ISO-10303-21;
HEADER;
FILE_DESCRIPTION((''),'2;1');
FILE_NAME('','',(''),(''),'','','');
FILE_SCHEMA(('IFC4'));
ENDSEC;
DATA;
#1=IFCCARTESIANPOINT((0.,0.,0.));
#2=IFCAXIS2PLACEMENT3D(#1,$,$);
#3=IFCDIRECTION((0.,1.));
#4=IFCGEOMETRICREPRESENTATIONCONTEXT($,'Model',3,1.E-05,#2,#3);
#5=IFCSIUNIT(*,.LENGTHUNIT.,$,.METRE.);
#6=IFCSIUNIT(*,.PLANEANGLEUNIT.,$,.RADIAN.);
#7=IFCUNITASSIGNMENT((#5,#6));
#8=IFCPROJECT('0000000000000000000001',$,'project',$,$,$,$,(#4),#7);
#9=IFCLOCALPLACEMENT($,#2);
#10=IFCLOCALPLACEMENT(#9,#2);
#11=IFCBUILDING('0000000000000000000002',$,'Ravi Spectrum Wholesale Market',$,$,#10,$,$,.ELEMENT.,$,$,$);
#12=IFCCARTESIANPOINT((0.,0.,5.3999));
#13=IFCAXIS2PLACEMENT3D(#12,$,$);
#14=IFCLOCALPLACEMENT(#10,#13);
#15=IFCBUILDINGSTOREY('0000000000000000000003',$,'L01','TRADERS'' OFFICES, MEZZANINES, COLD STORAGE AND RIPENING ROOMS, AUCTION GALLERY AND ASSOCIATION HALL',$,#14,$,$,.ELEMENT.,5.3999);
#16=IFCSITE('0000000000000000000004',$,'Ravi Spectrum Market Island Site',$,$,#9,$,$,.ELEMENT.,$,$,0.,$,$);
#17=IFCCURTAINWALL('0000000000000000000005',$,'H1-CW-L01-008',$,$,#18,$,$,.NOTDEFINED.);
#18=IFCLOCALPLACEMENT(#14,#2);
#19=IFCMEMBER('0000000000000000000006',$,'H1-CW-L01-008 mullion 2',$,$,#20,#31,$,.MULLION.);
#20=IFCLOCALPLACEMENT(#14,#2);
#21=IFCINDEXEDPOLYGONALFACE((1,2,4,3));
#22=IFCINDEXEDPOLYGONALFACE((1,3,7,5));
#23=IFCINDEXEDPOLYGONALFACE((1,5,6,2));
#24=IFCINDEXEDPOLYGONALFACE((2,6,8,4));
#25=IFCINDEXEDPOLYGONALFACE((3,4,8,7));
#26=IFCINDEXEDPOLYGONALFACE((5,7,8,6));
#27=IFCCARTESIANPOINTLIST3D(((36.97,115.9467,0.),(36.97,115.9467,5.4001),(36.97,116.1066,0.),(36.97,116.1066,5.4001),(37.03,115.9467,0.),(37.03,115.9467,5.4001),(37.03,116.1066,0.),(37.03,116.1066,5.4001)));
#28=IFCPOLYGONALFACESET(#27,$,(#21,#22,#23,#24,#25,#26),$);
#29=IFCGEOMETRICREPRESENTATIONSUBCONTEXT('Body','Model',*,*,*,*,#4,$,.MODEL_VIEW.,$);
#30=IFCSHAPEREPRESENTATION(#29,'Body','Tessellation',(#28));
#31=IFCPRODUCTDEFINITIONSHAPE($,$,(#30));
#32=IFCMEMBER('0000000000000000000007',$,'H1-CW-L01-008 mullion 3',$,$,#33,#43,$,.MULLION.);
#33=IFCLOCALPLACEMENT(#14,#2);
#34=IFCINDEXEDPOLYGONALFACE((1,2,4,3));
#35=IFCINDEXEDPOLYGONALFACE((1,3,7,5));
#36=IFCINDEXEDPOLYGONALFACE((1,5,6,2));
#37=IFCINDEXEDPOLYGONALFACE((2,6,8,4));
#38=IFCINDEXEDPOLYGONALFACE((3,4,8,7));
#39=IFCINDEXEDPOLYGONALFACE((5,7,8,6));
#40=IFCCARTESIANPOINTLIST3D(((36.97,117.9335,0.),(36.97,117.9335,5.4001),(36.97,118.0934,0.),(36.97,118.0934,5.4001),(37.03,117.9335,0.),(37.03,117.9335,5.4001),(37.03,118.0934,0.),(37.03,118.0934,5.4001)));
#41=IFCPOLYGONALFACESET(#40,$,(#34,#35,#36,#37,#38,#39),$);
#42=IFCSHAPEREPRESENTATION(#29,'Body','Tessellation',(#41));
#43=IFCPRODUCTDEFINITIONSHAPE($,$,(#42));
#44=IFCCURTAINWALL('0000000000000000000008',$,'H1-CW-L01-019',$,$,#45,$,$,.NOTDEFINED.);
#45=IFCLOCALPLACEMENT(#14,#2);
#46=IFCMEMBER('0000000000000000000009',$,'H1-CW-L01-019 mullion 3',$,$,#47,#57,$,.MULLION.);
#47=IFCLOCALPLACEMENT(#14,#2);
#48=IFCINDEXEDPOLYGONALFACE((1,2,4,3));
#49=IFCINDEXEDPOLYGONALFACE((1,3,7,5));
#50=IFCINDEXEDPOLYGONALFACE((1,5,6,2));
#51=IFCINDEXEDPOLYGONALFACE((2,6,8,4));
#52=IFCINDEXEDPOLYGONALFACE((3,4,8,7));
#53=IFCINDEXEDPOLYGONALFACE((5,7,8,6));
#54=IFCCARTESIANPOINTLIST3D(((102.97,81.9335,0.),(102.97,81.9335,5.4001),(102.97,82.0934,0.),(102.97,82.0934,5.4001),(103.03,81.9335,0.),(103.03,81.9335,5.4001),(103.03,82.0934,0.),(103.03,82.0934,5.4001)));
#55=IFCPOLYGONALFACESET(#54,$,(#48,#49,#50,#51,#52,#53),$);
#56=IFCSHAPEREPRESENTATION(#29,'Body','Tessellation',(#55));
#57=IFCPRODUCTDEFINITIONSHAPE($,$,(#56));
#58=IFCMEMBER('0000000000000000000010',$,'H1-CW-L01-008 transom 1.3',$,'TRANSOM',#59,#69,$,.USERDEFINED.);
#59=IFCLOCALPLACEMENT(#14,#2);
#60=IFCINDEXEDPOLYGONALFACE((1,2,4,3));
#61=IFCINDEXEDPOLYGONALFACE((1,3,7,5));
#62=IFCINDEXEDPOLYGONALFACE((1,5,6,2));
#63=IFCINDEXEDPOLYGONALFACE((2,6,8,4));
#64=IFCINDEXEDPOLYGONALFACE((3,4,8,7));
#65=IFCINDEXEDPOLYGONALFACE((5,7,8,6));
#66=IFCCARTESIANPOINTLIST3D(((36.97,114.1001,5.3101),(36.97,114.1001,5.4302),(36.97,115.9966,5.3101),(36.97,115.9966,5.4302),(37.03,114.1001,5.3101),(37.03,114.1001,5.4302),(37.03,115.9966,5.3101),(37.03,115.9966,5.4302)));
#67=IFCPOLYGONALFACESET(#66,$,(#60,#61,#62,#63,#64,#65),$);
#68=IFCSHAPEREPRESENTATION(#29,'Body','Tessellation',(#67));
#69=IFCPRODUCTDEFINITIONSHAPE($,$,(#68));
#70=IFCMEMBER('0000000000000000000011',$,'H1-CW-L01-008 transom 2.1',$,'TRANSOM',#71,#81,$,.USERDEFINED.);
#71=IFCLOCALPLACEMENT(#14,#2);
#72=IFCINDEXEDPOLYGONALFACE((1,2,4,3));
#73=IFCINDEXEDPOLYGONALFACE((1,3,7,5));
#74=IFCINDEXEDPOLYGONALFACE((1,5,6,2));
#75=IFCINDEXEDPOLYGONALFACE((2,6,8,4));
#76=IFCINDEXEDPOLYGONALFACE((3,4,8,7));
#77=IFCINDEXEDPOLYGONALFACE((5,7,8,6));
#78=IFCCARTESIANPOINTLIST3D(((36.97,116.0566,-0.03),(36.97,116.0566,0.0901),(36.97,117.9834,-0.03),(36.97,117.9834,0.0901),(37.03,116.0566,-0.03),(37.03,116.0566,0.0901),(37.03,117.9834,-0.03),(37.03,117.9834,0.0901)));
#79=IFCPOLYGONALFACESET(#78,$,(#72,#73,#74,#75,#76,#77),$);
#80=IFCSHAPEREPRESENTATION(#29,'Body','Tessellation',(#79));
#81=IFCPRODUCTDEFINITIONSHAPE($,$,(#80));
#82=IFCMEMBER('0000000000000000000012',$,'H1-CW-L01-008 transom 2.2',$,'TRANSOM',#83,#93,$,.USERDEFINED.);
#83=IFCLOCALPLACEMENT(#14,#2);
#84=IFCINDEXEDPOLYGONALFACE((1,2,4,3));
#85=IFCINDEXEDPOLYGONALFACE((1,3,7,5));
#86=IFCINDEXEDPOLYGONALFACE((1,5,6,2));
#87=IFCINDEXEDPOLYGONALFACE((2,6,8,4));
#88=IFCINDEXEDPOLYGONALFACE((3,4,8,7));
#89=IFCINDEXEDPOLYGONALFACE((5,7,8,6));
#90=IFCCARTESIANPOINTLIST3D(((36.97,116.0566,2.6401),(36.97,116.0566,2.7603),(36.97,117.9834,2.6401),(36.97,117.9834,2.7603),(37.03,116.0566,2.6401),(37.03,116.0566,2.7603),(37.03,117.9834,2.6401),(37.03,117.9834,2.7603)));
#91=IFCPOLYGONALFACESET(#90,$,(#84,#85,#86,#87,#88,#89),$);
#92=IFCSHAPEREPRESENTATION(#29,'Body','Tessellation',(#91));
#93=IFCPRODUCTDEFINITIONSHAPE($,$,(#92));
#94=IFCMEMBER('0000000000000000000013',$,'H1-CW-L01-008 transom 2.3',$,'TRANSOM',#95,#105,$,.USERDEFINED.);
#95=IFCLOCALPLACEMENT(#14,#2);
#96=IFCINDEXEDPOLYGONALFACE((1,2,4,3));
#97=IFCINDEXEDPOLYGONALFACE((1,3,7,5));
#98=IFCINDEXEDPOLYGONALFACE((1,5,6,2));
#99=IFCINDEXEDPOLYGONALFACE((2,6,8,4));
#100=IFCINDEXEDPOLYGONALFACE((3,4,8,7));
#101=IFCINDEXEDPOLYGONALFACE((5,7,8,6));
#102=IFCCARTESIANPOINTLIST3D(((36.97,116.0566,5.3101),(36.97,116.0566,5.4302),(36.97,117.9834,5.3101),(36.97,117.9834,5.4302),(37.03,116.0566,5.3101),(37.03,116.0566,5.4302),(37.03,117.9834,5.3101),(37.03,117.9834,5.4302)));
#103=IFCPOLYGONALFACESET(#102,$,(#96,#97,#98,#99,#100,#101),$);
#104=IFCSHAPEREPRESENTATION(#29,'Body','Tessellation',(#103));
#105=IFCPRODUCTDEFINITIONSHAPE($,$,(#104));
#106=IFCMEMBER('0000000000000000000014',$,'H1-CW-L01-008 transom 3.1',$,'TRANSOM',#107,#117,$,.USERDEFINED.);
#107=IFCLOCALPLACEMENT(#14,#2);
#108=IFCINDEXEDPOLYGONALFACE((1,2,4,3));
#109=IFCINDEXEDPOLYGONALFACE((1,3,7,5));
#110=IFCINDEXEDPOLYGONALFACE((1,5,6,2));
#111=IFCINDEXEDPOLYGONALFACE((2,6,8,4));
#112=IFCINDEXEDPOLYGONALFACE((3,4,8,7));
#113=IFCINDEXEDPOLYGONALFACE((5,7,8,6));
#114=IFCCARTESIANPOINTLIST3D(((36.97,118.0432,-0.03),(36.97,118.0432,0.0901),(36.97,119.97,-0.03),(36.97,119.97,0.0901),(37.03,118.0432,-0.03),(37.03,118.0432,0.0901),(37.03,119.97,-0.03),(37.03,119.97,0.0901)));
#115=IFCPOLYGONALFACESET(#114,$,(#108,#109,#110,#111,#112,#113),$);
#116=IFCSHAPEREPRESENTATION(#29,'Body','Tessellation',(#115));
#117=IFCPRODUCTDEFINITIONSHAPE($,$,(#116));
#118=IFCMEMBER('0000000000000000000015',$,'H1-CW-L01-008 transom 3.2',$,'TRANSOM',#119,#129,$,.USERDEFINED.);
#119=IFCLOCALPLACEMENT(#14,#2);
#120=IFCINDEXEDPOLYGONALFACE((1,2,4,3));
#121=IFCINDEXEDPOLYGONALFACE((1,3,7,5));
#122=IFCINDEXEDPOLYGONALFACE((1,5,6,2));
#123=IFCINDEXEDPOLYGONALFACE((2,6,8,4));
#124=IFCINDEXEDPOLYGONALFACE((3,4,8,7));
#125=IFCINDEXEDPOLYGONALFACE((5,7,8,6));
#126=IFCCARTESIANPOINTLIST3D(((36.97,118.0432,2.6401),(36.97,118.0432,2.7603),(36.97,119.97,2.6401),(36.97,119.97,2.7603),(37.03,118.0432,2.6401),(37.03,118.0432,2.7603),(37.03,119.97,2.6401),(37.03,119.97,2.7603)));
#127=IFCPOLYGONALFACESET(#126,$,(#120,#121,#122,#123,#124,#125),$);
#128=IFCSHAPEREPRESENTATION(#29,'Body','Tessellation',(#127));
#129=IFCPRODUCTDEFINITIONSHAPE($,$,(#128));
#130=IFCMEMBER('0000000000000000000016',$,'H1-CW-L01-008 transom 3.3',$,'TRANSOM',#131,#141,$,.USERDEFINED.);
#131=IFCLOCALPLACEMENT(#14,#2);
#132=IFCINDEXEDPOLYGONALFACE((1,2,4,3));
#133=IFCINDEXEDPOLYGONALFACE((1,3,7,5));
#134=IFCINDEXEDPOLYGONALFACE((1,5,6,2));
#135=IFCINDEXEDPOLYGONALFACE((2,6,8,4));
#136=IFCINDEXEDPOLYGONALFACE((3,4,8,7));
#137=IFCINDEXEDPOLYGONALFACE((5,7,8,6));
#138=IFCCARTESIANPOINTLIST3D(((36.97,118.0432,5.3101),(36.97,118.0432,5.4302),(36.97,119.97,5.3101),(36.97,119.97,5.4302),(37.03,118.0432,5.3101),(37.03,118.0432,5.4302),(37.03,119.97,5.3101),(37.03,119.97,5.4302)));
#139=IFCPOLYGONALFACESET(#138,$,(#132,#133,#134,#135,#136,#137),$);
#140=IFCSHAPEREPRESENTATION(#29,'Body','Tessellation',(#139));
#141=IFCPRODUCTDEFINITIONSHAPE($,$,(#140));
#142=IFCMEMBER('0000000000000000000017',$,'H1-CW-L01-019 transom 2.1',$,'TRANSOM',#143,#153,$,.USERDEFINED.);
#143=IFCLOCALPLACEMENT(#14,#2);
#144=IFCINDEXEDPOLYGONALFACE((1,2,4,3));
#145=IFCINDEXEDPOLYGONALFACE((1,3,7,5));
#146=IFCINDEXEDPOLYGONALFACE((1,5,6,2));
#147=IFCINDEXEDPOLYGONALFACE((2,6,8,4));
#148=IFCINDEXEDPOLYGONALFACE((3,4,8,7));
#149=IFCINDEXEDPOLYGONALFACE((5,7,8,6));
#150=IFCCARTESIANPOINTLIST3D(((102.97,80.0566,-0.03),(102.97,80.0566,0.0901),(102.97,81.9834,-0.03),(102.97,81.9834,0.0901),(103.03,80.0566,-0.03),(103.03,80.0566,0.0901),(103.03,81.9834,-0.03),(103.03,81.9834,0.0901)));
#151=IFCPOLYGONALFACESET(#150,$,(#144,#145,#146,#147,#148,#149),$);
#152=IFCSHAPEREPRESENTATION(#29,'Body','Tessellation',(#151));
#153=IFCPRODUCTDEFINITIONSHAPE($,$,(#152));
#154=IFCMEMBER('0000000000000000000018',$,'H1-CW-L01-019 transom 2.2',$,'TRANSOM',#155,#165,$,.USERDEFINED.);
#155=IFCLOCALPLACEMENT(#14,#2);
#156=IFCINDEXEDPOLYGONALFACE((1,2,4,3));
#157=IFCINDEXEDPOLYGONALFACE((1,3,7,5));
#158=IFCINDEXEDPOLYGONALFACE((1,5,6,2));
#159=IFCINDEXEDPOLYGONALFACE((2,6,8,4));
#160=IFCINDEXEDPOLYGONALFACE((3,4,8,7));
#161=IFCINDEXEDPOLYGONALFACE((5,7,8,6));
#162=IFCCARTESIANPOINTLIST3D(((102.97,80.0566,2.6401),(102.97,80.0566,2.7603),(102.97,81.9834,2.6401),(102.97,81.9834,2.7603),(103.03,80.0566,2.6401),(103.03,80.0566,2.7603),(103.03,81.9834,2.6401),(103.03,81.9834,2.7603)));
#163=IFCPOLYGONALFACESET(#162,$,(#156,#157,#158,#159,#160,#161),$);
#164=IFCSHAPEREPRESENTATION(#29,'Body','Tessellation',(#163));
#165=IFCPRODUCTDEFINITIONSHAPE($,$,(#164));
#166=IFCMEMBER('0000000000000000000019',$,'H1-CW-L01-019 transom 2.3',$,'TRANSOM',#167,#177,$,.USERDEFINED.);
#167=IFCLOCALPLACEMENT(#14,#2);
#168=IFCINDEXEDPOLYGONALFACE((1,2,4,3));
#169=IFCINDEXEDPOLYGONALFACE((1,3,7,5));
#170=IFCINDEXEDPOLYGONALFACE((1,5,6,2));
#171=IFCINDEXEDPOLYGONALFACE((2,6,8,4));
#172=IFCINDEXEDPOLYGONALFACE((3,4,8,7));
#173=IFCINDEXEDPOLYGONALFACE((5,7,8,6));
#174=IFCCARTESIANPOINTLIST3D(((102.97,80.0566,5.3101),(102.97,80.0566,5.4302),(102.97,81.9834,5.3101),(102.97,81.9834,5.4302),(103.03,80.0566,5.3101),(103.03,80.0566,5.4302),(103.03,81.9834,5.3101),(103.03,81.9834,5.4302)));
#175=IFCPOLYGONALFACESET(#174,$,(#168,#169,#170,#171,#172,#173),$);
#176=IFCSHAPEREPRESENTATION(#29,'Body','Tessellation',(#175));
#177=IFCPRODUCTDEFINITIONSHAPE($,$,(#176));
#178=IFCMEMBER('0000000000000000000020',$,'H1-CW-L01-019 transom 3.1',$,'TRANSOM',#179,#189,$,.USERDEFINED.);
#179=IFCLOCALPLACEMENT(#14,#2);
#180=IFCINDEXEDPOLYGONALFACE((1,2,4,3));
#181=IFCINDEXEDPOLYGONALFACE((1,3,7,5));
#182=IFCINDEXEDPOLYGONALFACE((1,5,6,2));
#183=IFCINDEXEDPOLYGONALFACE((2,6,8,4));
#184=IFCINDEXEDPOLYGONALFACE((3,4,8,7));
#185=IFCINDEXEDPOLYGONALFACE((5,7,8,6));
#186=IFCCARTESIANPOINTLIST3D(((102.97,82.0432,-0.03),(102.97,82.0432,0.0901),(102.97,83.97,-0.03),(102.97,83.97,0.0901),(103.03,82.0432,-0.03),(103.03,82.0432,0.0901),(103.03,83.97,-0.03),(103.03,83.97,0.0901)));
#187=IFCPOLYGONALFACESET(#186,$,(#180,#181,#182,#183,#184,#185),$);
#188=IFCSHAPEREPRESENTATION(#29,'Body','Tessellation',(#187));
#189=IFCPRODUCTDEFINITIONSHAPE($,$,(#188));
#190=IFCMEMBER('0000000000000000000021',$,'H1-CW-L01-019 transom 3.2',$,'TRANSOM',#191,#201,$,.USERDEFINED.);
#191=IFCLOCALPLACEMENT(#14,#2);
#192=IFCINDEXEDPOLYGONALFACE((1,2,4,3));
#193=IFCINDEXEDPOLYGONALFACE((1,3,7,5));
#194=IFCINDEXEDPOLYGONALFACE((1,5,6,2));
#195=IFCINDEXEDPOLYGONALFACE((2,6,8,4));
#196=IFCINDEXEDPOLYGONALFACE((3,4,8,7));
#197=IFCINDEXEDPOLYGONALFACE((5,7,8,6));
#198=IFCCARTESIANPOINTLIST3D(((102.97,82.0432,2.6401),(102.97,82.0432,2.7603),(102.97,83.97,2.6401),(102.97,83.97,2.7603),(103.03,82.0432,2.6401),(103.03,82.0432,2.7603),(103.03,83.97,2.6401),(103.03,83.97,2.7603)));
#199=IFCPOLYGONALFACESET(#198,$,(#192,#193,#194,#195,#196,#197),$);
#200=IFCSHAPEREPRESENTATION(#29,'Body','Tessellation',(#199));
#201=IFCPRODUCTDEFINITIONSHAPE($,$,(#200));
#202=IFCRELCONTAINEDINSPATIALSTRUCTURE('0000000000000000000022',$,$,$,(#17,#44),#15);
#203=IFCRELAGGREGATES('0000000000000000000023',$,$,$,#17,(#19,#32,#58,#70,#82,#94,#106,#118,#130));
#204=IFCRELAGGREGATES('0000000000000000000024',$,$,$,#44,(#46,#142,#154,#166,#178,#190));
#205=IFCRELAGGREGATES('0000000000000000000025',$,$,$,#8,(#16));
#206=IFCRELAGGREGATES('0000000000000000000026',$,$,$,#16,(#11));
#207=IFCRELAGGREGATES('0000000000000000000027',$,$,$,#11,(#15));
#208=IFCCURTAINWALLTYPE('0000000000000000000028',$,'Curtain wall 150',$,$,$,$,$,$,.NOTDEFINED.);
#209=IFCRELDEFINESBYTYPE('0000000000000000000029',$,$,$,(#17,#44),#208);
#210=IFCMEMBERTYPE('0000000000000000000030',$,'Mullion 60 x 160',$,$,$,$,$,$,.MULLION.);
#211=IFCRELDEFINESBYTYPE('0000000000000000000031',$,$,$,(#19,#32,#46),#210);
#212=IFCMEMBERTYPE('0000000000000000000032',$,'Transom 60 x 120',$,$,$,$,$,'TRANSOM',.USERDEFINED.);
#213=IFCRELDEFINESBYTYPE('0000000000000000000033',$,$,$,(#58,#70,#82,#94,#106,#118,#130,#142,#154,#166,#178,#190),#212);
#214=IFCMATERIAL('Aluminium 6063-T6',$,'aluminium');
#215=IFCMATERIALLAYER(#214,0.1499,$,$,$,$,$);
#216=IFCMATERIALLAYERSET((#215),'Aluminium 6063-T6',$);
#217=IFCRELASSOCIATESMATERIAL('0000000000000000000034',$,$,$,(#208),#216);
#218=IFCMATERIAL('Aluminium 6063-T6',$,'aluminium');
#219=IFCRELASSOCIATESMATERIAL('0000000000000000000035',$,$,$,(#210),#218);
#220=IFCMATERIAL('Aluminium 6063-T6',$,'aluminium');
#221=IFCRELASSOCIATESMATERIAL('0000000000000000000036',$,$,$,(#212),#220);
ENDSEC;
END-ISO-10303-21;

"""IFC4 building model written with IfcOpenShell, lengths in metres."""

from ifc_helpers import new_model, si_unit, direction, frame, origin, origin_2d, place, context, subcontext, project, spatial, rectangle, extrude, material, layer, layer_set, material_profile, profile_set, type_object, element, aggregate, save


model = new_model("IFC4")

# Units and contexts
model_context = context("Model", 3, precision=1e-05, world=origin(), true_north=direction((0.0, 1.0)))
body_context = subcontext(model_context, "Body", "Model", "MODEL_VIEW")
ifc_project = project(units=[si_unit("LENGTHUNIT", "METRE"), si_unit("PLANEANGLEUNIT", "RADIAN")], contexts=[model_context])

# Site, building, storey
site_placement = place(None, origin())
site = spatial("IfcSite", under=ifc_project, at=site_placement, Name="Ravi Spectrum Market Island Site", CompositionType="ELEMENT", RefElevation=0.0)
building_placement = place(site_placement, origin())
building = spatial("IfcBuilding", under=site, at=building_placement, Name="Ravi Spectrum Wholesale Market", CompositionType="ELEMENT")
storey_placement = place(building_placement, frame((0.0, 0.0, 5.3999)))
storey = spatial("IfcBuildingStorey", under=building, at=storey_placement, Name="L01", Description="TRADERS' OFFICES, MEZZANINES, COLD STORAGE AND RIPENING ROOMS, AUCTION GALLERY AND ASSOCIATION HALL", CompositionType="ELEMENT", Elevation=5.3999)

# Curtain wall, members
ifc_material_1 = material(Name="Aluminium 6063-T6", Category="aluminium")
ifc_layer_1 = layer(ifc_material_1, 0.1499)
ifc_layer_set_1 = layer_set([ifc_layer_1], Name="Aluminium 6063-T6")
curtain_wall_type = type_object("IfcCurtainWallType", Name="Curtain wall 150", PredefinedType="NOTDEFINED", material=ifc_layer_set_1)
curtain_wall_1_placement = place(storey_placement, origin())
curtain_wall_1 = element("IfcCurtainWall", 1, at=curtain_wall_1_placement, inside=storey, type_object=curtain_wall_type, Name="H1-CW-L01-008", PredefinedType="NOTDEFINED")
ifc_material_2 = material(Name="Aluminium 6063-T6", Category="aluminium")
ifc_material_profile_1 = material_profile(ifc_material_2, rectangle(XDim=0.0601, YDim=0.1599, at=origin_2d()))
ifc_profile_set_1 = profile_set([ifc_material_profile_1], Name="Aluminium 6063-T6")
member_type_1 = type_object("IfcMemberType", Name="Mullion 60 x 160", PredefinedType="MULLION", material=ifc_profile_set_1)
member_1_placement = place(storey_placement, frame((37.0, 116.0266, 0.0), z_axis=(0.0, 0.0, 1.0), x_axis=(-1.0, 0.0, 0.0)))
member_1 = element("IfcMember", 2, at=member_1_placement, type_object=member_type_1, Name="H1-CW-L01-008 mullion 2", PredefinedType="MULLION", context=body_context, shape_type="SweptSolid", body=[
    extrude(rectangle(XDim=0.0601, YDim=0.1599, at=origin_2d()), origin(), (0.0, 0.0, 1.0), 5.4001),
])
member_2_placement = place(storey_placement, frame((37.0, 118.0134, 0.0), z_axis=(0.0, 0.0, 1.0), x_axis=(-1.0, 0.0, 0.0)))
member_2 = element("IfcMember", 3, at=member_2_placement, type_object=member_type_1, Name="H1-CW-L01-008 mullion 3", PredefinedType="MULLION", context=body_context, shape_type="SweptSolid", body=[
    extrude(rectangle(XDim=0.0601, YDim=0.1599, at=origin_2d()), origin(), (0.0, 0.0, 1.0), 5.4001),
])

# Curtain wall, member
curtain_wall_2_placement = place(storey_placement, origin())
curtain_wall_2 = element("IfcCurtainWall", 4, at=curtain_wall_2_placement, inside=storey, type_object=curtain_wall_type, Name="H1-CW-L01-019", PredefinedType="NOTDEFINED")
member_3_placement = place(storey_placement, frame((103.0, 82.0134, 0.0), z_axis=(0.0, 0.0, 1.0), x_axis=(-1.0, 0.0, 0.0)))
member_3 = element("IfcMember", 5, at=member_3_placement, type_object=member_type_1, Name="H1-CW-L01-019 mullion 3", PredefinedType="MULLION", context=body_context, shape_type="SweptSolid", body=[
    extrude(rectangle(XDim=0.0601, YDim=0.1599, at=origin_2d()), origin(), (0.0, 0.0, 1.0), 5.4001),
])

# Members
ifc_material_3 = material(Name="Aluminium 6063-T6", Category="aluminium")
ifc_material_profile_2 = material_profile(ifc_material_3, rectangle(XDim=0.0601, YDim=0.1201, at=origin_2d()))
ifc_profile_set_2 = profile_set([ifc_material_profile_2], Name="Aluminium 6063-T6")
member_type_2 = type_object("IfcMemberType", Name="Transom 60 x 120", ElementType="TRANSOM", PredefinedType="USERDEFINED", material=ifc_profile_set_2)
member_4_placement = place(storey_placement, frame((37.0, 114.1001, 5.3701), z_axis=(0.0, 1.0, 0.0), x_axis=(-1.0, 0.0, 0.0)))
member_4 = element("IfcMember", 6, at=member_4_placement, type_object=member_type_2, Name="H1-CW-L01-008 transom 1.3", ObjectType="TRANSOM", PredefinedType="USERDEFINED", context=body_context, shape_type="SweptSolid", body=[
    extrude(rectangle(XDim=0.0601, YDim=0.1201, at=origin_2d()), origin(), (0.0, 0.0, 1.0), 1.8965),
])
member_5_placement = place(storey_placement, frame((37.0, 116.0566, 0.03), z_axis=(0.0, 1.0, 0.0), x_axis=(-1.0, 0.0, 0.0)))
member_5 = element("IfcMember", 7, at=member_5_placement, type_object=member_type_2, Name="H1-CW-L01-008 transom 2.1", ObjectType="TRANSOM", PredefinedType="USERDEFINED", context=body_context, shape_type="SweptSolid", body=[
    extrude(rectangle(XDim=0.0601, YDim=0.1201, at=origin_2d()), origin(), (0.0, 0.0, 1.0), 1.9268),
])
member_6_placement = place(storey_placement, frame((37.0, 116.0566, 2.7002), z_axis=(0.0, 1.0, 0.0), x_axis=(-1.0, 0.0, 0.0)))
member_6 = element("IfcMember", 8, at=member_6_placement, type_object=member_type_2, Name="H1-CW-L01-008 transom 2.2", ObjectType="TRANSOM", PredefinedType="USERDEFINED", context=body_context, shape_type="SweptSolid", body=[
    extrude(rectangle(XDim=0.0601, YDim=0.1201, at=origin_2d()), origin(), (0.0, 0.0, 1.0), 1.9268),
])
member_7_placement = place(storey_placement, frame((37.0, 116.0566, 5.3701), z_axis=(0.0, 1.0, 0.0), x_axis=(-1.0, 0.0, 0.0)))
member_7 = element("IfcMember", 9, at=member_7_placement, type_object=member_type_2, Name="H1-CW-L01-008 transom 2.3", ObjectType="TRANSOM", PredefinedType="USERDEFINED", context=body_context, shape_type="SweptSolid", body=[
    extrude(rectangle(XDim=0.0601, YDim=0.1201, at=origin_2d()), origin(), (0.0, 0.0, 1.0), 1.9268),
])
member_8_placement = place(storey_placement, frame((37.0, 118.0432, 0.03), z_axis=(0.0, 1.0, 0.0), x_axis=(-1.0, 0.0, 0.0)))
member_8 = element("IfcMember", 10, at=member_8_placement, type_object=member_type_2, Name="H1-CW-L01-008 transom 3.1", ObjectType="TRANSOM", PredefinedType="USERDEFINED", context=body_context, shape_type="SweptSolid", body=[
    extrude(rectangle(XDim=0.0601, YDim=0.1201, at=origin_2d()), origin(), (0.0, 0.0, 1.0), 1.9268),
])
member_9_placement = place(storey_placement, frame((37.0, 118.0432, 2.7002), z_axis=(0.0, 1.0, 0.0), x_axis=(-1.0, 0.0, 0.0)))
member_9 = element("IfcMember", 11, at=member_9_placement, type_object=member_type_2, Name="H1-CW-L01-008 transom 3.2", ObjectType="TRANSOM", PredefinedType="USERDEFINED", context=body_context, shape_type="SweptSolid", body=[
    extrude(rectangle(XDim=0.0601, YDim=0.1201, at=origin_2d()), origin(), (0.0, 0.0, 1.0), 1.9268),
])
member_10_placement = place(storey_placement, frame((37.0, 118.0432, 5.3701), z_axis=(0.0, 1.0, 0.0), x_axis=(-1.0, 0.0, 0.0)))
member_10 = element("IfcMember", 12, at=member_10_placement, type_object=member_type_2, Name="H1-CW-L01-008 transom 3.3", ObjectType="TRANSOM", PredefinedType="USERDEFINED", context=body_context, shape_type="SweptSolid", body=[
    extrude(rectangle(XDim=0.0601, YDim=0.1201, at=origin_2d()), origin(), (0.0, 0.0, 1.0), 1.9268),
])
member_11_placement = place(storey_placement, frame((103.0, 80.0566, 0.03), z_axis=(0.0, 1.0, 0.0), x_axis=(-1.0, 0.0, 0.0)))
member_11 = element("IfcMember", 13, at=member_11_placement, type_object=member_type_2, Name="H1-CW-L01-019 transom 2.1", ObjectType="TRANSOM", PredefinedType="USERDEFINED", context=body_context, shape_type="SweptSolid", body=[
    extrude(rectangle(XDim=0.0601, YDim=0.1201, at=origin_2d()), origin(), (0.0, 0.0, 1.0), 1.9268),
])
member_12_placement = place(storey_placement, frame((103.0, 80.0566, 2.7002), z_axis=(0.0, 1.0, 0.0), x_axis=(-1.0, 0.0, 0.0)))
member_12 = element("IfcMember", 14, at=member_12_placement, type_object=member_type_2, Name="H1-CW-L01-019 transom 2.2", ObjectType="TRANSOM", PredefinedType="USERDEFINED", context=body_context, shape_type="SweptSolid", body=[
    extrude(rectangle(XDim=0.0601, YDim=0.1201, at=origin_2d()), origin(), (0.0, 0.0, 1.0), 1.9268),
])
member_13_placement = place(storey_placement, frame((103.0, 80.0566, 5.3701), z_axis=(0.0, 1.0, 0.0), x_axis=(-1.0, 0.0, 0.0)))
member_13 = element("IfcMember", 15, at=member_13_placement, type_object=member_type_2, Name="H1-CW-L01-019 transom 2.3", ObjectType="TRANSOM", PredefinedType="USERDEFINED", context=body_context, shape_type="SweptSolid", body=[
    extrude(rectangle(XDim=0.0601, YDim=0.1201, at=origin_2d()), origin(), (0.0, 0.0, 1.0), 1.9268),
])
member_14_placement = place(storey_placement, frame((103.0, 82.0432, 0.03), z_axis=(0.0, 1.0, 0.0), x_axis=(-1.0, 0.0, 0.0)))
member_14 = element("IfcMember", 16, at=member_14_placement, type_object=member_type_2, Name="H1-CW-L01-019 transom 3.1", ObjectType="TRANSOM", PredefinedType="USERDEFINED", context=body_context, shape_type="SweptSolid", body=[
    extrude(rectangle(XDim=0.0601, YDim=0.1201, at=origin_2d()), origin(), (0.0, 0.0, 1.0), 1.9268),
])
member_15_placement = place(storey_placement, frame((103.0, 82.0432, 2.7002), z_axis=(0.0, 1.0, 0.0), x_axis=(-1.0, 0.0, 0.0)))
member_15 = element("IfcMember", 17, at=member_15_placement, type_object=member_type_2, Name="H1-CW-L01-019 transom 3.2", ObjectType="TRANSOM", PredefinedType="USERDEFINED", context=body_context, shape_type="SweptSolid", body=[
    extrude(rectangle(XDim=0.0601, YDim=0.1201, at=origin_2d()), origin(), (0.0, 0.0, 1.0), 1.9268),
])

aggregate(curtain_wall_1, [member_1, member_2, member_4, member_5, member_6, member_7, member_8, member_9, member_10])
aggregate(curtain_wall_2, [member_3, member_11, member_12, member_13, member_14, member_15])

save(model, "model.ifc")
